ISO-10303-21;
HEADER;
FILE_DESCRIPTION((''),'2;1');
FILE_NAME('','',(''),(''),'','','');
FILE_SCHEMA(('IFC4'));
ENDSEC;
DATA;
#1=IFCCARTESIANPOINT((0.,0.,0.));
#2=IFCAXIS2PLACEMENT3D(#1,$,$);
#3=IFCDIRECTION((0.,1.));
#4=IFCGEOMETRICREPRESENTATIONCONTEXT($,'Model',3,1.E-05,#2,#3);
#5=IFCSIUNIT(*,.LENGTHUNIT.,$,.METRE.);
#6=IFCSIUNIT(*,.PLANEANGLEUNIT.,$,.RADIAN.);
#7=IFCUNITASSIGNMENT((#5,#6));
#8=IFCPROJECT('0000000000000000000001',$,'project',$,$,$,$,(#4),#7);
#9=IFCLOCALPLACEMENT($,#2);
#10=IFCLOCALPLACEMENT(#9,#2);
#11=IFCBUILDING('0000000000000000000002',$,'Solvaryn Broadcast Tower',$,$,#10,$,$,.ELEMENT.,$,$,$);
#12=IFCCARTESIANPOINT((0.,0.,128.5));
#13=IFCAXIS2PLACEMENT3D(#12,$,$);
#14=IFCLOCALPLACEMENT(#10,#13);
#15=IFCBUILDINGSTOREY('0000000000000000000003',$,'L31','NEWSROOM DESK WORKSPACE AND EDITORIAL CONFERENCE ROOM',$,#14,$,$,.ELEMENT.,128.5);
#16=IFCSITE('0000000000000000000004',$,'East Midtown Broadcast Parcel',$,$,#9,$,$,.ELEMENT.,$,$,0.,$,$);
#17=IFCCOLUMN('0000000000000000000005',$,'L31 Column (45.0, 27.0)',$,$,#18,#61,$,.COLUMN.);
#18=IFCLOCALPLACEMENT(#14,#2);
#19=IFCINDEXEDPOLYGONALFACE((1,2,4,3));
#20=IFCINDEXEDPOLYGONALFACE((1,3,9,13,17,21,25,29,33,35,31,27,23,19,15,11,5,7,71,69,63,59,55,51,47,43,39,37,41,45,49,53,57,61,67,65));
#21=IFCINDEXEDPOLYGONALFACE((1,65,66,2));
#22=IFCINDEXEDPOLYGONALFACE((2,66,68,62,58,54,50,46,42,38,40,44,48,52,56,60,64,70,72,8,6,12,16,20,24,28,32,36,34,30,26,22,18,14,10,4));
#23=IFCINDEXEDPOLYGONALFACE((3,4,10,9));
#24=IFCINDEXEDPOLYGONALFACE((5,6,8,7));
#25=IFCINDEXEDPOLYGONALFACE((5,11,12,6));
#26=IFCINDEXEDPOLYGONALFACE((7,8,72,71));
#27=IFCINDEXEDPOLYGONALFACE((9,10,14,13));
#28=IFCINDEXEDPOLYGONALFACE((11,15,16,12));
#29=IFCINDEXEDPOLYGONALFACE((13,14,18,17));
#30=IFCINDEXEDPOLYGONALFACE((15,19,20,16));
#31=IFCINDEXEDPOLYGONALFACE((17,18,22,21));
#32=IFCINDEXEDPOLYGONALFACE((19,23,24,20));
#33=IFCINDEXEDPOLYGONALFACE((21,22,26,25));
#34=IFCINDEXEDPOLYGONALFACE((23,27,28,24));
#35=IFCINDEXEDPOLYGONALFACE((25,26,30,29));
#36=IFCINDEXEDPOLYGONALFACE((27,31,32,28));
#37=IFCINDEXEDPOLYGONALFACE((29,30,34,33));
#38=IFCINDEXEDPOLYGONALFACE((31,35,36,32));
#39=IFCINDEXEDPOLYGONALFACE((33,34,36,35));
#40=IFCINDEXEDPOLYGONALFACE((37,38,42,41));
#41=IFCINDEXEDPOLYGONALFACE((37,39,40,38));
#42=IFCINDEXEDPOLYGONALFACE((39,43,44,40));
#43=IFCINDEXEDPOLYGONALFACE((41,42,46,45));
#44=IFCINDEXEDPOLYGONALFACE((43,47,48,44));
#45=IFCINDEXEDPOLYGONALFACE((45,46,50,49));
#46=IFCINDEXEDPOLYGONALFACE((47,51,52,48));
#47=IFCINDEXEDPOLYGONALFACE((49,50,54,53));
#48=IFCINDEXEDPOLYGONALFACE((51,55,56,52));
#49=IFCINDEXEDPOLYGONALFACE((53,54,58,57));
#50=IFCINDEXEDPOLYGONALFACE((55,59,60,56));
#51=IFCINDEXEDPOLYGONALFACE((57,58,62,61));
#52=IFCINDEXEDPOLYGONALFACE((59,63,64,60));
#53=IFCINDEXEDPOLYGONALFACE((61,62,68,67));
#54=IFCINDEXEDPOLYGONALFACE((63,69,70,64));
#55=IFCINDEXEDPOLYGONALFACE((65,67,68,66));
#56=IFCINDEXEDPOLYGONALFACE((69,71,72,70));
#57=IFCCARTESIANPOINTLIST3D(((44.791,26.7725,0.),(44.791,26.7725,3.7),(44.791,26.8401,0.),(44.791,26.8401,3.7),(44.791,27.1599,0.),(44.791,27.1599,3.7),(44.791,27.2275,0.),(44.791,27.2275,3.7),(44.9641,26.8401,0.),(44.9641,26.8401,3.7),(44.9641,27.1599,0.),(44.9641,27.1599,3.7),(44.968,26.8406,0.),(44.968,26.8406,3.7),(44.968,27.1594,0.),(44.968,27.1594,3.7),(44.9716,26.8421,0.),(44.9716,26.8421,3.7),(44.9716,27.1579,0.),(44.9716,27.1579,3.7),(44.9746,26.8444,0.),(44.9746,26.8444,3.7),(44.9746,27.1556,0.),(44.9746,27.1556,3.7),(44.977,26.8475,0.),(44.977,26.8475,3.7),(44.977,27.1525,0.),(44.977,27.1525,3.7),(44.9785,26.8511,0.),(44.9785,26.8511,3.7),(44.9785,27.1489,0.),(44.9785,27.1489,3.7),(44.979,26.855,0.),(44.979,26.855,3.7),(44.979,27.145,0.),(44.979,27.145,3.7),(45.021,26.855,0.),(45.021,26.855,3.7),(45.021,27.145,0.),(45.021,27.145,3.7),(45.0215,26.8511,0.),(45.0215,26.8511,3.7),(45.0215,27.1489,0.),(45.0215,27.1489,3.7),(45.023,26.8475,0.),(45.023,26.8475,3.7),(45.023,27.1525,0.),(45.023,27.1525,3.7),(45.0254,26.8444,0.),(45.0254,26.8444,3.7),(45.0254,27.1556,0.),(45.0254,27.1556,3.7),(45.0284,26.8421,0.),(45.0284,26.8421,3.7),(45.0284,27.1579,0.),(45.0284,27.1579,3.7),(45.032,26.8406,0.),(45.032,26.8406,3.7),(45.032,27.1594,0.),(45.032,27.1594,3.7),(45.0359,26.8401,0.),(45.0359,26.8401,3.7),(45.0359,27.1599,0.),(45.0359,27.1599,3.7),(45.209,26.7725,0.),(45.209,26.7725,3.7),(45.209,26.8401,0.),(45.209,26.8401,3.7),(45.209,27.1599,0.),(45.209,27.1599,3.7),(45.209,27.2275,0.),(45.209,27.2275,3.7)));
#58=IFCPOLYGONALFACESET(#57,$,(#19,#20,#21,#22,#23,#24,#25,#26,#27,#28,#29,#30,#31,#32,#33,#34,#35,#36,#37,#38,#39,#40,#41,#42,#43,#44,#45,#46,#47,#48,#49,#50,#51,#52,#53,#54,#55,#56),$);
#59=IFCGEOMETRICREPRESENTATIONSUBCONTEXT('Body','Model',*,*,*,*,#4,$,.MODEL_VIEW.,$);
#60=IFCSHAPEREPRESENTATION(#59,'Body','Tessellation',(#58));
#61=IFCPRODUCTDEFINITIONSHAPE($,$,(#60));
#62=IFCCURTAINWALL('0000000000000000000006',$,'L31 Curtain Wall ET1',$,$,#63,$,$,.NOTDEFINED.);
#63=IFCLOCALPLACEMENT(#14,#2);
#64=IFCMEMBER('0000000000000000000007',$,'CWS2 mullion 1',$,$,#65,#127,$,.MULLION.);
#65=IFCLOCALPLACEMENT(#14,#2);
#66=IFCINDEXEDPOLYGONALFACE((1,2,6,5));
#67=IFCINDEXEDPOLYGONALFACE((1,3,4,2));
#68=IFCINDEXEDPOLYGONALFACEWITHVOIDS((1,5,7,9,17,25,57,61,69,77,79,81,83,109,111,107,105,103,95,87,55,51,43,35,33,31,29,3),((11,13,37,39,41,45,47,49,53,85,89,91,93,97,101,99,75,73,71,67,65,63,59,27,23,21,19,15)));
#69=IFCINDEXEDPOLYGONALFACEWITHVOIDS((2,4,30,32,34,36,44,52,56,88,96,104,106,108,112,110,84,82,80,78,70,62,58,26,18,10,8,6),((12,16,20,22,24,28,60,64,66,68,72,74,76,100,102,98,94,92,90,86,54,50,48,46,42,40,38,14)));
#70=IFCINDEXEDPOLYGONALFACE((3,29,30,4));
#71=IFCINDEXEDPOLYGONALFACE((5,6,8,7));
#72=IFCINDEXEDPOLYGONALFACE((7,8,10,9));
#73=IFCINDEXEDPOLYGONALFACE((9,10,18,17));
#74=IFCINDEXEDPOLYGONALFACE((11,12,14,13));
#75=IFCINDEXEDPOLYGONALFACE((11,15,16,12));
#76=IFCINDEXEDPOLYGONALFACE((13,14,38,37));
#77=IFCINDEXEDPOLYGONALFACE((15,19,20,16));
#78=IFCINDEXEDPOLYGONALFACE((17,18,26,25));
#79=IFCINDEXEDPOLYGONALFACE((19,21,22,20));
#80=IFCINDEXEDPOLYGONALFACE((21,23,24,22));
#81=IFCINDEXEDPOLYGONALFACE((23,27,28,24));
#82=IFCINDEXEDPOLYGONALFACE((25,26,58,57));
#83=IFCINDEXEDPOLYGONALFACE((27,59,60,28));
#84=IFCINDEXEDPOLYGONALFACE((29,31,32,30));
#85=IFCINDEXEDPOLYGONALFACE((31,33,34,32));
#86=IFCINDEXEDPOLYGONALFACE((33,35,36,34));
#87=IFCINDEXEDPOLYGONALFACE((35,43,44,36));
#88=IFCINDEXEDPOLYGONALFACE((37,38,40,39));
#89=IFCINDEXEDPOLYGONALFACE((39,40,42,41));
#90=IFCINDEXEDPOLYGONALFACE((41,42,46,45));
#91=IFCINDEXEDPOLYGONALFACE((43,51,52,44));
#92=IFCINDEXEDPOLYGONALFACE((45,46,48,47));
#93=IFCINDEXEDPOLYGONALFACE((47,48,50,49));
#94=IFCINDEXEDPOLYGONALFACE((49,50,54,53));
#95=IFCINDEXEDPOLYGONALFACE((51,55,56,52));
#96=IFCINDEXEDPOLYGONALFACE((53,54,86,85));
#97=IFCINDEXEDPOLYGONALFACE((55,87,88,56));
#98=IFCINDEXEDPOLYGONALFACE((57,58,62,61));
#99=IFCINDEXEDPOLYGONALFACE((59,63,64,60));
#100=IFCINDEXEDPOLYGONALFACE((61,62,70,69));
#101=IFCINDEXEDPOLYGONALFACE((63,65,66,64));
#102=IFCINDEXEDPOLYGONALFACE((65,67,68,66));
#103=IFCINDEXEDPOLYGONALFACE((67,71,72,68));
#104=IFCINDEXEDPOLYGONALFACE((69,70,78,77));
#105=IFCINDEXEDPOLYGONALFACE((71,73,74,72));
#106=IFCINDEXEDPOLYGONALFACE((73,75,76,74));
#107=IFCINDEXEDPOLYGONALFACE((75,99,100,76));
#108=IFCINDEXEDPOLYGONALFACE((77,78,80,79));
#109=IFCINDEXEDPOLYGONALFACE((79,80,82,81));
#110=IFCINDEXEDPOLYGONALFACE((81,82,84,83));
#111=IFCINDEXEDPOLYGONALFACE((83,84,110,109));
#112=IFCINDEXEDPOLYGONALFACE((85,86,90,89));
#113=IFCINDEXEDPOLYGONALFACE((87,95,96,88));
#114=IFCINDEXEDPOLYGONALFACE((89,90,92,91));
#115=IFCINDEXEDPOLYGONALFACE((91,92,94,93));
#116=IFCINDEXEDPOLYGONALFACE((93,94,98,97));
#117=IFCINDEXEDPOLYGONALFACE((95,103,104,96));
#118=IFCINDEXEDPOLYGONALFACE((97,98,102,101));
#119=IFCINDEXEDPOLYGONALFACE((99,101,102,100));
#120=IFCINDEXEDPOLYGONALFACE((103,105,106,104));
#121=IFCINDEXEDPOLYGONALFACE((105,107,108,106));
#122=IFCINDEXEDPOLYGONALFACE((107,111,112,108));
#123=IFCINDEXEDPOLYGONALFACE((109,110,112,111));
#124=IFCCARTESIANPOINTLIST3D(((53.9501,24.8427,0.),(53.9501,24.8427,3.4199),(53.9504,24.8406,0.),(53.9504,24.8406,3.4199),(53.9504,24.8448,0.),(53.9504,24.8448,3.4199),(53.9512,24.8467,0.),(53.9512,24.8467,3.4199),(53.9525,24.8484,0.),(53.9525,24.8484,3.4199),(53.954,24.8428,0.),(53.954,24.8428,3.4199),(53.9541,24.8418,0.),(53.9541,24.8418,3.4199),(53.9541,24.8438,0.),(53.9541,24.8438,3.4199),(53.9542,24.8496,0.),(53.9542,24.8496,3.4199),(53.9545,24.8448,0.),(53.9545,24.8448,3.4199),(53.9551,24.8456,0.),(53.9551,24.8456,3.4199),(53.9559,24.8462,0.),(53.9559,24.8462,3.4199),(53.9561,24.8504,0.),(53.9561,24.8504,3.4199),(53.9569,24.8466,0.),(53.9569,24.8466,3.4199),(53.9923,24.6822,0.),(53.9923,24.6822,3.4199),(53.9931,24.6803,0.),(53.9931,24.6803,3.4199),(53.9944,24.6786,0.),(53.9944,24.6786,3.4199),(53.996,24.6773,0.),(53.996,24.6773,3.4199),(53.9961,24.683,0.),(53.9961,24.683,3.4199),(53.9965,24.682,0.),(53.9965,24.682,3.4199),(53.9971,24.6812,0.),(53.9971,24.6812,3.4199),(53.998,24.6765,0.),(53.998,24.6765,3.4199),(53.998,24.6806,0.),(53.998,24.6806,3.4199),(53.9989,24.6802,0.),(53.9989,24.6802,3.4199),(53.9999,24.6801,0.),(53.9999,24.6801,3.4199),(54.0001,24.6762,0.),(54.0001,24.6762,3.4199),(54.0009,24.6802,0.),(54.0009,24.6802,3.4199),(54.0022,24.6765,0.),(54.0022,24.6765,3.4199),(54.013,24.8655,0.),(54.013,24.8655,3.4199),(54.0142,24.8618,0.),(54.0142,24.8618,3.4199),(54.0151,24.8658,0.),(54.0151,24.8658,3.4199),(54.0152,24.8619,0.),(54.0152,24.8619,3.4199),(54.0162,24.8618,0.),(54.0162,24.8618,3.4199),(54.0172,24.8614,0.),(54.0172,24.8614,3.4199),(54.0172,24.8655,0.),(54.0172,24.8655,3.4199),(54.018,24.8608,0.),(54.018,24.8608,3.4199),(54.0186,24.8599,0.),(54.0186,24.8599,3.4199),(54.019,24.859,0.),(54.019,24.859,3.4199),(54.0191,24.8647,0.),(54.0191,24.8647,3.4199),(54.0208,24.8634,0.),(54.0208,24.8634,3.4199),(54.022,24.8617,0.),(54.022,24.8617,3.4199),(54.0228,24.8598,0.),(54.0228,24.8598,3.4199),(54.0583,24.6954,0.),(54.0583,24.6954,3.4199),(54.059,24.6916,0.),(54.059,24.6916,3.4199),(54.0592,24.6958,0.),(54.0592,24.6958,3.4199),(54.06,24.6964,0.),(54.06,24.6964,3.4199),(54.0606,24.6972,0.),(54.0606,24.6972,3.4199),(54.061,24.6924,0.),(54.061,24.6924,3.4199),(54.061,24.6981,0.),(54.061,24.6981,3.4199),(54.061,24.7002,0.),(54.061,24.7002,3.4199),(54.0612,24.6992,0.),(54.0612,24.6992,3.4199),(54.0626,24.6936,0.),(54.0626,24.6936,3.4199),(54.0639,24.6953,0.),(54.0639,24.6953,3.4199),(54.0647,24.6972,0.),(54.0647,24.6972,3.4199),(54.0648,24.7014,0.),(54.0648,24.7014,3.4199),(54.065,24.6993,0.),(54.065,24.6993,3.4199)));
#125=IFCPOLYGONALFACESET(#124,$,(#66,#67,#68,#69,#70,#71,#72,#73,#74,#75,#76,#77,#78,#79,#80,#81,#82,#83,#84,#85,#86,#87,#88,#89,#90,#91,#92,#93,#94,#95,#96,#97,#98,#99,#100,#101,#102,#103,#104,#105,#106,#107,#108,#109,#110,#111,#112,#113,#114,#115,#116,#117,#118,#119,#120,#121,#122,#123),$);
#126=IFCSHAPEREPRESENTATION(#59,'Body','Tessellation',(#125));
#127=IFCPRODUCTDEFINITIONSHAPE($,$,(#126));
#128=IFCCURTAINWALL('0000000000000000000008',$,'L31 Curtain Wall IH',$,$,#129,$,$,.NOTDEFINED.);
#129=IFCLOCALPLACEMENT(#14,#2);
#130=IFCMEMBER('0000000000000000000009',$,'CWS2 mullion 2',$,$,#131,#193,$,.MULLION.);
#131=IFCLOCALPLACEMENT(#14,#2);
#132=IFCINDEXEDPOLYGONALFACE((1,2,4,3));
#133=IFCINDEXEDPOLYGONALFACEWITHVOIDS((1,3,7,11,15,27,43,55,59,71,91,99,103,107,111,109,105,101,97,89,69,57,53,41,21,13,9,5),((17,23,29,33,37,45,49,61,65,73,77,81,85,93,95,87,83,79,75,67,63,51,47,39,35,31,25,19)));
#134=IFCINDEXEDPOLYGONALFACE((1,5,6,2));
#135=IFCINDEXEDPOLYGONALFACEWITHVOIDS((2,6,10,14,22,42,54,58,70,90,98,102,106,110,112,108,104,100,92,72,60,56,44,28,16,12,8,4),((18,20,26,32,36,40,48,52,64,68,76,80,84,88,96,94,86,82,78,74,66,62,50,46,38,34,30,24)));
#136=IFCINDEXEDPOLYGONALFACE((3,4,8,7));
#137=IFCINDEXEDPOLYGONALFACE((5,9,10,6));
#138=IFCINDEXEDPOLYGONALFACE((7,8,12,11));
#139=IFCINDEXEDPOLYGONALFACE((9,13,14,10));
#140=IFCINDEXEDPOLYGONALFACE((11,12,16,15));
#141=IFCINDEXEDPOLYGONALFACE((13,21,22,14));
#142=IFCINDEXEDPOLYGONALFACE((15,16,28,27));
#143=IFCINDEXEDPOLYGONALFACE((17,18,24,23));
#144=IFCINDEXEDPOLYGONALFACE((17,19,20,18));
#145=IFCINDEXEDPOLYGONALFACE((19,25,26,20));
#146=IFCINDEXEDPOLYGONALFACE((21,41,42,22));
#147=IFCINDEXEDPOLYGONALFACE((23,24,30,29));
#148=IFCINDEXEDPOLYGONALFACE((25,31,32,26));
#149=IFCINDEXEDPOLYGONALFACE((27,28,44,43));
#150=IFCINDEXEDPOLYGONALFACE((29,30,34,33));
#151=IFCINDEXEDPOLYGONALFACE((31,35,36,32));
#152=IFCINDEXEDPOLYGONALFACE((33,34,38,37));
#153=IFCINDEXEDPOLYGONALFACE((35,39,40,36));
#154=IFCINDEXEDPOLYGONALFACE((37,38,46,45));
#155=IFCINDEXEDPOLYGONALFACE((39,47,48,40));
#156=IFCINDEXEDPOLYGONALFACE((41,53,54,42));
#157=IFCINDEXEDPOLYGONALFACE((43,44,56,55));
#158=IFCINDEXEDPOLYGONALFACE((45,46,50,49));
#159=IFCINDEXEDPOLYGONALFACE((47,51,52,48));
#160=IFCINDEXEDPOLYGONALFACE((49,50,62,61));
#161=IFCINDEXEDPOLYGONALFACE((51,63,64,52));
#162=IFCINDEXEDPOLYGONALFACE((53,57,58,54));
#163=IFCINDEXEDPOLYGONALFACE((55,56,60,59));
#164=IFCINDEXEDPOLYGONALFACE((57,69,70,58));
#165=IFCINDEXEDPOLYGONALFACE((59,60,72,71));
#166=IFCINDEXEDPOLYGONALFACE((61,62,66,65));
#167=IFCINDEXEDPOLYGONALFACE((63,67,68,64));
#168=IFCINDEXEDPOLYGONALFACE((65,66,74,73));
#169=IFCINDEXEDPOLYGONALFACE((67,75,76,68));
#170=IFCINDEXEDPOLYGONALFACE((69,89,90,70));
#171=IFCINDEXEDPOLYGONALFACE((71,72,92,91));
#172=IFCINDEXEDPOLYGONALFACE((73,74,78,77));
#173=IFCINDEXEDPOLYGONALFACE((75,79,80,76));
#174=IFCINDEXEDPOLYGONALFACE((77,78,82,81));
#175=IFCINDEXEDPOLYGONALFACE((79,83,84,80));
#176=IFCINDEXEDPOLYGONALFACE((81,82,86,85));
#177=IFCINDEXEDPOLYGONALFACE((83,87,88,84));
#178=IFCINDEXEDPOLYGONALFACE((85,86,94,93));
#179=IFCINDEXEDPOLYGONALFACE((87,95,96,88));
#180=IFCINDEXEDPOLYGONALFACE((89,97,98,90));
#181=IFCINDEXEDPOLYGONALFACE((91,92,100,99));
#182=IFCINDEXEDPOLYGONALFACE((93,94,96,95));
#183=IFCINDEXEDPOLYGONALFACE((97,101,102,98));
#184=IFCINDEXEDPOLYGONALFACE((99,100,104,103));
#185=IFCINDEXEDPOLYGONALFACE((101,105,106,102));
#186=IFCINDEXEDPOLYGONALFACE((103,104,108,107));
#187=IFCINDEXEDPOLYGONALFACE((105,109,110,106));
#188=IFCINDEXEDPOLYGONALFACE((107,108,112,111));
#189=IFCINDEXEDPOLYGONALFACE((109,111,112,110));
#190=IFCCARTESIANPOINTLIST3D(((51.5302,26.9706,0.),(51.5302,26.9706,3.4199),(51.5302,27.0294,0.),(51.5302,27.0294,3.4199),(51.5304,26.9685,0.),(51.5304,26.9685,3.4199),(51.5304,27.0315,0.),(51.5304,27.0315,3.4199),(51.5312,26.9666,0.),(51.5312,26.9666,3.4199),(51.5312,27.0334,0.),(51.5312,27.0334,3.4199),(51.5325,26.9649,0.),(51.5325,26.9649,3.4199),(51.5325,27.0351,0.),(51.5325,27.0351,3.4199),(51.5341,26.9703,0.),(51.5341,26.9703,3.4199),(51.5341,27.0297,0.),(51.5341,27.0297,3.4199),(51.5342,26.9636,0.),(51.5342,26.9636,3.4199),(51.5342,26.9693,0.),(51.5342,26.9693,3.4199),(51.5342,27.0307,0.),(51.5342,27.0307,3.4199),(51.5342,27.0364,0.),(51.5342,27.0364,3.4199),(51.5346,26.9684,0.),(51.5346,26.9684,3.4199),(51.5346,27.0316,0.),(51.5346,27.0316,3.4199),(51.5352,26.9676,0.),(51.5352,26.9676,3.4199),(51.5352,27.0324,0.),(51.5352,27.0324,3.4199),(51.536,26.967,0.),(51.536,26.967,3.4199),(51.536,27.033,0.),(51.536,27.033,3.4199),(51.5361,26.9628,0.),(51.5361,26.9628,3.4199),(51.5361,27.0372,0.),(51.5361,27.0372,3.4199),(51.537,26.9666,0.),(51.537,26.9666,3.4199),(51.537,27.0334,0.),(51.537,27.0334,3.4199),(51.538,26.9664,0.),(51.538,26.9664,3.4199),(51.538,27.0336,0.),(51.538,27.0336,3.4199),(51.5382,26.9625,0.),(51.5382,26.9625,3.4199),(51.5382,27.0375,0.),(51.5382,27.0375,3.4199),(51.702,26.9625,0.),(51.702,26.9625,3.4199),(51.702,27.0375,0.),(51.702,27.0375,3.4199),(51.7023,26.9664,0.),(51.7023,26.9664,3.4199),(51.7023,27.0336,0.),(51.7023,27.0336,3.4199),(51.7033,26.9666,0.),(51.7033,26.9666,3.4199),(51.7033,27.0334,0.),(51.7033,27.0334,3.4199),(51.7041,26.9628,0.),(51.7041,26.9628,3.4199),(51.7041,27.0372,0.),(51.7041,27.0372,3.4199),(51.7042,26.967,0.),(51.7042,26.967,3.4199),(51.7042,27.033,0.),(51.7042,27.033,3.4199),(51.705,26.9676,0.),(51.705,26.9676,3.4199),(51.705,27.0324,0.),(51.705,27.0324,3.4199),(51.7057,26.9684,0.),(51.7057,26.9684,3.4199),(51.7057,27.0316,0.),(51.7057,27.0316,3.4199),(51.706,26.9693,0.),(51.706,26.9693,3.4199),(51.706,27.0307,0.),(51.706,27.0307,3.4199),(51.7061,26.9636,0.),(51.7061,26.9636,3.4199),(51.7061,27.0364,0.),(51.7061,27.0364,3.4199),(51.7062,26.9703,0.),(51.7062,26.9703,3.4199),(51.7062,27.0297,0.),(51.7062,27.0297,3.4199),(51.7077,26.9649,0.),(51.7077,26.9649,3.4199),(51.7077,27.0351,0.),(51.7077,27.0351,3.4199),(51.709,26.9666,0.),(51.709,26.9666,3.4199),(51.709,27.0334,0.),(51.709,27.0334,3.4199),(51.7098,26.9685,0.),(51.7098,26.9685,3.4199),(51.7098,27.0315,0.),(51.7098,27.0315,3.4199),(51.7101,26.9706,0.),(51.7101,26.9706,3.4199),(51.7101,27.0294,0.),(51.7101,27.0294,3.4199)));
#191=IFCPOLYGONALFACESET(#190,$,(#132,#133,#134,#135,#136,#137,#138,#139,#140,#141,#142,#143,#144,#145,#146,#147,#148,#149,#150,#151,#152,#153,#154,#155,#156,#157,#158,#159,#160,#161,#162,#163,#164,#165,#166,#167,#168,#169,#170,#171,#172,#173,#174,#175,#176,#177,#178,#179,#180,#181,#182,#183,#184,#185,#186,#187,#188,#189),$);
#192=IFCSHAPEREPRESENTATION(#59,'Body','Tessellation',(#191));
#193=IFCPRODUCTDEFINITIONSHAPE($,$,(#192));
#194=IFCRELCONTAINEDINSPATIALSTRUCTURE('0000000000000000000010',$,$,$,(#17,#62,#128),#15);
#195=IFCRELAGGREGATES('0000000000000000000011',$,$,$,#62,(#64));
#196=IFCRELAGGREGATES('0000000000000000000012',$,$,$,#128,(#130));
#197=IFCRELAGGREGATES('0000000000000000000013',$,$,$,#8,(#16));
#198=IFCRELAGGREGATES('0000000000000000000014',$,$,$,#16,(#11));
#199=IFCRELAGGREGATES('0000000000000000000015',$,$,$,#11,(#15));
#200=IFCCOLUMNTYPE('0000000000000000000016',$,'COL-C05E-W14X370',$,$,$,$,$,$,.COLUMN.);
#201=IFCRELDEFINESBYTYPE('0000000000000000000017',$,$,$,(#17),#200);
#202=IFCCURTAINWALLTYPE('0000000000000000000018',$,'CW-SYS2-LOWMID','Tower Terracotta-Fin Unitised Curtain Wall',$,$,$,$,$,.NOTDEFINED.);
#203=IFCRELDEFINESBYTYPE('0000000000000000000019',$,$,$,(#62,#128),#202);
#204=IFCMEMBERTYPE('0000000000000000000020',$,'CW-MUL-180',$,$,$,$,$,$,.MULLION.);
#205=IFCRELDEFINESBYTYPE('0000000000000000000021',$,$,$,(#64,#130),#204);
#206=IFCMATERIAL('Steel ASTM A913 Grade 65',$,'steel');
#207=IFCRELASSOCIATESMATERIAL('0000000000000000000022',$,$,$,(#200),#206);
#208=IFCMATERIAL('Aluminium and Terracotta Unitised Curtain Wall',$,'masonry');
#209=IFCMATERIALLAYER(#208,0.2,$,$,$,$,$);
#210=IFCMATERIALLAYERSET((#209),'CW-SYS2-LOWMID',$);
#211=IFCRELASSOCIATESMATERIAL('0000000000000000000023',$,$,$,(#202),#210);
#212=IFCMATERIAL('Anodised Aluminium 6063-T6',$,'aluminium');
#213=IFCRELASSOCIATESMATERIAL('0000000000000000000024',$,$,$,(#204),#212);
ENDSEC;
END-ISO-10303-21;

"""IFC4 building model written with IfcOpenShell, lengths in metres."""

from ifc_helpers import new_model, si_unit, direction, frame, origin, origin_2d, place, context, subcontext, project, spatial, hollow_rectangle, i_section, extrude, material, layer, layer_set, material_profile, profile_set, type_object, element, aggregate, save


model = new_model("IFC4")

# Units and contexts
model_context = context("Model", 3, precision=1e-05, world=origin(), true_north=direction((0.0, 1.0)))
body_context = subcontext(model_context, "Body", "Model", "MODEL_VIEW")
ifc_project = project(units=[si_unit("LENGTHUNIT", "METRE"), si_unit("PLANEANGLEUNIT", "RADIAN")], contexts=[model_context])

# Site, building, storey
site_placement = place(None, origin())
site = spatial("IfcSite", under=ifc_project, at=site_placement, Name="East Midtown Broadcast Parcel", CompositionType="ELEMENT", RefElevation=0.0)
building_placement = place(site_placement, origin())
building = spatial("IfcBuilding", under=site, at=building_placement, Name="Solvaryn Broadcast Tower", CompositionType="ELEMENT")
storey_placement = place(building_placement, frame((0.0, 0.0, 128.5)))
storey = spatial("IfcBuildingStorey", under=building, at=storey_placement, Name="L31", Description="NEWSROOM DESK WORKSPACE AND EDITORIAL CONFERENCE ROOM", CompositionType="ELEMENT", Elevation=128.5)

# Column
ifc_material_1 = material(Name="Steel ASTM A913 Grade 65", Category="steel")
ifc_material_profile_1 = material_profile(ifc_material_1, i_section(OverallWidth=0.418, OverallDepth=0.4551, WebThickness=0.042, FlangeThickness=0.0676, FilletRadius=0.0149, at=origin_2d()))
ifc_profile_set_1 = profile_set([ifc_material_profile_1], Name="Steel ASTM A913 Grade 65")
column_type = type_object("IfcColumnType", Name="COL-C05E-W14X370", PredefinedType="COLUMN", material=ifc_profile_set_1)
column_placement = place(storey_placement, frame((45.0, 27.0, 0.0), z_axis=(0.0, 0.0, 1.0), x_axis=(1.0, 0.0, 0.0)))
element("IfcColumn", 1, at=column_placement, inside=storey, type_object=column_type, Name="L31 Column (45.0, 27.0)", PredefinedType="COLUMN", context=body_context, shape_type="SweptSolid", body=[
    extrude(i_section(OverallWidth=0.418, OverallDepth=0.4551, WebThickness=0.042, FlangeThickness=0.0676, FilletRadius=0.0149, at=origin_2d()), origin(), (0.0, 0.0, 1.0), 3.7),
])

# Curtain walls, members
ifc_material_2 = material(Name="Aluminium and Terracotta Unitised Curtain Wall", Category="masonry")
ifc_layer_1 = layer(ifc_material_2, 0.2)
ifc_layer_set_1 = layer_set([ifc_layer_1], Name="CW-SYS2-LOWMID")
curtain_wall_type = type_object("IfcCurtainWallType", Name="CW-SYS2-LOWMID", Description="Tower Terracotta-Fin Unitised Curtain Wall", PredefinedType="NOTDEFINED", material=ifc_layer_set_1)
curtain_wall_1_placement = place(storey_placement, origin())
curtain_wall_1 = element("IfcCurtainWall", 2, at=curtain_wall_1_placement, inside=storey, type_object=curtain_wall_type, Name="L31 Curtain Wall ET1", PredefinedType="NOTDEFINED")
ifc_material_3 = material(Name="Anodised Aluminium 6063-T6", Category="aluminium")
ifc_material_profile_2 = material_profile(ifc_material_3, hollow_rectangle(XDim=0.075, YDim=0.1799, WallThickness=0.0039, InnerFilletRadius=0.0039, OuterFilletRadius=0.0081, at=origin_2d()))
ifc_profile_set_2 = profile_set([ifc_material_profile_2], Name="Anodised Aluminium 6063-T6")
member_type_1 = type_object("IfcMemberType", Name="CW-MUL-180", PredefinedType="MULLION", material=ifc_profile_set_2)
member_1_placement = place(storey_placement, frame((54.0076, 24.771, 0.0), z_axis=(0.0, 0.0, 1.0), x_axis=(0.966705, 0.255893, 0.0)))
member_1 = element("IfcMember", 3, at=member_1_placement, type_object=member_type_1, Name="CWS2 mullion 1", PredefinedType="MULLION", context=body_context, shape_type="SweptSolid", body=[
    extrude(hollow_rectangle(XDim=0.075, YDim=0.1799, WallThickness=0.0039, InnerFilletRadius=0.0039, OuterFilletRadius=0.0081, at=origin_2d()), origin(), (0.0, 0.0, 1.0), 3.4199),
])
curtain_wall_2_placement = place(storey_placement, origin())
curtain_wall_2 = element("IfcCurtainWall", 4, at=curtain_wall_2_placement, inside=storey, type_object=curtain_wall_type, Name="L31 Curtain Wall IH", PredefinedType="NOTDEFINED")
member_2_placement = place(storey_placement, frame((51.6201, 27.0, 0.0), z_axis=(0.0, 0.0, 1.0), x_axis=(0.0, 1.0, 0.0)))
member_2 = element("IfcMember", 5, at=member_2_placement, type_object=member_type_1, Name="CWS2 mullion 2", PredefinedType="MULLION", context=body_context, shape_type="SweptSolid", body=[
    extrude(hollow_rectangle(XDim=0.075, YDim=0.1799, WallThickness=0.0039, InnerFilletRadius=0.0039, OuterFilletRadius=0.0081, at=origin_2d()), origin(), (0.0, 0.0, 1.0), 3.4199),
])

aggregate(curtain_wall_1, [member_1])
aggregate(curtain_wall_2, [member_2])

save(model, "model.ifc")
